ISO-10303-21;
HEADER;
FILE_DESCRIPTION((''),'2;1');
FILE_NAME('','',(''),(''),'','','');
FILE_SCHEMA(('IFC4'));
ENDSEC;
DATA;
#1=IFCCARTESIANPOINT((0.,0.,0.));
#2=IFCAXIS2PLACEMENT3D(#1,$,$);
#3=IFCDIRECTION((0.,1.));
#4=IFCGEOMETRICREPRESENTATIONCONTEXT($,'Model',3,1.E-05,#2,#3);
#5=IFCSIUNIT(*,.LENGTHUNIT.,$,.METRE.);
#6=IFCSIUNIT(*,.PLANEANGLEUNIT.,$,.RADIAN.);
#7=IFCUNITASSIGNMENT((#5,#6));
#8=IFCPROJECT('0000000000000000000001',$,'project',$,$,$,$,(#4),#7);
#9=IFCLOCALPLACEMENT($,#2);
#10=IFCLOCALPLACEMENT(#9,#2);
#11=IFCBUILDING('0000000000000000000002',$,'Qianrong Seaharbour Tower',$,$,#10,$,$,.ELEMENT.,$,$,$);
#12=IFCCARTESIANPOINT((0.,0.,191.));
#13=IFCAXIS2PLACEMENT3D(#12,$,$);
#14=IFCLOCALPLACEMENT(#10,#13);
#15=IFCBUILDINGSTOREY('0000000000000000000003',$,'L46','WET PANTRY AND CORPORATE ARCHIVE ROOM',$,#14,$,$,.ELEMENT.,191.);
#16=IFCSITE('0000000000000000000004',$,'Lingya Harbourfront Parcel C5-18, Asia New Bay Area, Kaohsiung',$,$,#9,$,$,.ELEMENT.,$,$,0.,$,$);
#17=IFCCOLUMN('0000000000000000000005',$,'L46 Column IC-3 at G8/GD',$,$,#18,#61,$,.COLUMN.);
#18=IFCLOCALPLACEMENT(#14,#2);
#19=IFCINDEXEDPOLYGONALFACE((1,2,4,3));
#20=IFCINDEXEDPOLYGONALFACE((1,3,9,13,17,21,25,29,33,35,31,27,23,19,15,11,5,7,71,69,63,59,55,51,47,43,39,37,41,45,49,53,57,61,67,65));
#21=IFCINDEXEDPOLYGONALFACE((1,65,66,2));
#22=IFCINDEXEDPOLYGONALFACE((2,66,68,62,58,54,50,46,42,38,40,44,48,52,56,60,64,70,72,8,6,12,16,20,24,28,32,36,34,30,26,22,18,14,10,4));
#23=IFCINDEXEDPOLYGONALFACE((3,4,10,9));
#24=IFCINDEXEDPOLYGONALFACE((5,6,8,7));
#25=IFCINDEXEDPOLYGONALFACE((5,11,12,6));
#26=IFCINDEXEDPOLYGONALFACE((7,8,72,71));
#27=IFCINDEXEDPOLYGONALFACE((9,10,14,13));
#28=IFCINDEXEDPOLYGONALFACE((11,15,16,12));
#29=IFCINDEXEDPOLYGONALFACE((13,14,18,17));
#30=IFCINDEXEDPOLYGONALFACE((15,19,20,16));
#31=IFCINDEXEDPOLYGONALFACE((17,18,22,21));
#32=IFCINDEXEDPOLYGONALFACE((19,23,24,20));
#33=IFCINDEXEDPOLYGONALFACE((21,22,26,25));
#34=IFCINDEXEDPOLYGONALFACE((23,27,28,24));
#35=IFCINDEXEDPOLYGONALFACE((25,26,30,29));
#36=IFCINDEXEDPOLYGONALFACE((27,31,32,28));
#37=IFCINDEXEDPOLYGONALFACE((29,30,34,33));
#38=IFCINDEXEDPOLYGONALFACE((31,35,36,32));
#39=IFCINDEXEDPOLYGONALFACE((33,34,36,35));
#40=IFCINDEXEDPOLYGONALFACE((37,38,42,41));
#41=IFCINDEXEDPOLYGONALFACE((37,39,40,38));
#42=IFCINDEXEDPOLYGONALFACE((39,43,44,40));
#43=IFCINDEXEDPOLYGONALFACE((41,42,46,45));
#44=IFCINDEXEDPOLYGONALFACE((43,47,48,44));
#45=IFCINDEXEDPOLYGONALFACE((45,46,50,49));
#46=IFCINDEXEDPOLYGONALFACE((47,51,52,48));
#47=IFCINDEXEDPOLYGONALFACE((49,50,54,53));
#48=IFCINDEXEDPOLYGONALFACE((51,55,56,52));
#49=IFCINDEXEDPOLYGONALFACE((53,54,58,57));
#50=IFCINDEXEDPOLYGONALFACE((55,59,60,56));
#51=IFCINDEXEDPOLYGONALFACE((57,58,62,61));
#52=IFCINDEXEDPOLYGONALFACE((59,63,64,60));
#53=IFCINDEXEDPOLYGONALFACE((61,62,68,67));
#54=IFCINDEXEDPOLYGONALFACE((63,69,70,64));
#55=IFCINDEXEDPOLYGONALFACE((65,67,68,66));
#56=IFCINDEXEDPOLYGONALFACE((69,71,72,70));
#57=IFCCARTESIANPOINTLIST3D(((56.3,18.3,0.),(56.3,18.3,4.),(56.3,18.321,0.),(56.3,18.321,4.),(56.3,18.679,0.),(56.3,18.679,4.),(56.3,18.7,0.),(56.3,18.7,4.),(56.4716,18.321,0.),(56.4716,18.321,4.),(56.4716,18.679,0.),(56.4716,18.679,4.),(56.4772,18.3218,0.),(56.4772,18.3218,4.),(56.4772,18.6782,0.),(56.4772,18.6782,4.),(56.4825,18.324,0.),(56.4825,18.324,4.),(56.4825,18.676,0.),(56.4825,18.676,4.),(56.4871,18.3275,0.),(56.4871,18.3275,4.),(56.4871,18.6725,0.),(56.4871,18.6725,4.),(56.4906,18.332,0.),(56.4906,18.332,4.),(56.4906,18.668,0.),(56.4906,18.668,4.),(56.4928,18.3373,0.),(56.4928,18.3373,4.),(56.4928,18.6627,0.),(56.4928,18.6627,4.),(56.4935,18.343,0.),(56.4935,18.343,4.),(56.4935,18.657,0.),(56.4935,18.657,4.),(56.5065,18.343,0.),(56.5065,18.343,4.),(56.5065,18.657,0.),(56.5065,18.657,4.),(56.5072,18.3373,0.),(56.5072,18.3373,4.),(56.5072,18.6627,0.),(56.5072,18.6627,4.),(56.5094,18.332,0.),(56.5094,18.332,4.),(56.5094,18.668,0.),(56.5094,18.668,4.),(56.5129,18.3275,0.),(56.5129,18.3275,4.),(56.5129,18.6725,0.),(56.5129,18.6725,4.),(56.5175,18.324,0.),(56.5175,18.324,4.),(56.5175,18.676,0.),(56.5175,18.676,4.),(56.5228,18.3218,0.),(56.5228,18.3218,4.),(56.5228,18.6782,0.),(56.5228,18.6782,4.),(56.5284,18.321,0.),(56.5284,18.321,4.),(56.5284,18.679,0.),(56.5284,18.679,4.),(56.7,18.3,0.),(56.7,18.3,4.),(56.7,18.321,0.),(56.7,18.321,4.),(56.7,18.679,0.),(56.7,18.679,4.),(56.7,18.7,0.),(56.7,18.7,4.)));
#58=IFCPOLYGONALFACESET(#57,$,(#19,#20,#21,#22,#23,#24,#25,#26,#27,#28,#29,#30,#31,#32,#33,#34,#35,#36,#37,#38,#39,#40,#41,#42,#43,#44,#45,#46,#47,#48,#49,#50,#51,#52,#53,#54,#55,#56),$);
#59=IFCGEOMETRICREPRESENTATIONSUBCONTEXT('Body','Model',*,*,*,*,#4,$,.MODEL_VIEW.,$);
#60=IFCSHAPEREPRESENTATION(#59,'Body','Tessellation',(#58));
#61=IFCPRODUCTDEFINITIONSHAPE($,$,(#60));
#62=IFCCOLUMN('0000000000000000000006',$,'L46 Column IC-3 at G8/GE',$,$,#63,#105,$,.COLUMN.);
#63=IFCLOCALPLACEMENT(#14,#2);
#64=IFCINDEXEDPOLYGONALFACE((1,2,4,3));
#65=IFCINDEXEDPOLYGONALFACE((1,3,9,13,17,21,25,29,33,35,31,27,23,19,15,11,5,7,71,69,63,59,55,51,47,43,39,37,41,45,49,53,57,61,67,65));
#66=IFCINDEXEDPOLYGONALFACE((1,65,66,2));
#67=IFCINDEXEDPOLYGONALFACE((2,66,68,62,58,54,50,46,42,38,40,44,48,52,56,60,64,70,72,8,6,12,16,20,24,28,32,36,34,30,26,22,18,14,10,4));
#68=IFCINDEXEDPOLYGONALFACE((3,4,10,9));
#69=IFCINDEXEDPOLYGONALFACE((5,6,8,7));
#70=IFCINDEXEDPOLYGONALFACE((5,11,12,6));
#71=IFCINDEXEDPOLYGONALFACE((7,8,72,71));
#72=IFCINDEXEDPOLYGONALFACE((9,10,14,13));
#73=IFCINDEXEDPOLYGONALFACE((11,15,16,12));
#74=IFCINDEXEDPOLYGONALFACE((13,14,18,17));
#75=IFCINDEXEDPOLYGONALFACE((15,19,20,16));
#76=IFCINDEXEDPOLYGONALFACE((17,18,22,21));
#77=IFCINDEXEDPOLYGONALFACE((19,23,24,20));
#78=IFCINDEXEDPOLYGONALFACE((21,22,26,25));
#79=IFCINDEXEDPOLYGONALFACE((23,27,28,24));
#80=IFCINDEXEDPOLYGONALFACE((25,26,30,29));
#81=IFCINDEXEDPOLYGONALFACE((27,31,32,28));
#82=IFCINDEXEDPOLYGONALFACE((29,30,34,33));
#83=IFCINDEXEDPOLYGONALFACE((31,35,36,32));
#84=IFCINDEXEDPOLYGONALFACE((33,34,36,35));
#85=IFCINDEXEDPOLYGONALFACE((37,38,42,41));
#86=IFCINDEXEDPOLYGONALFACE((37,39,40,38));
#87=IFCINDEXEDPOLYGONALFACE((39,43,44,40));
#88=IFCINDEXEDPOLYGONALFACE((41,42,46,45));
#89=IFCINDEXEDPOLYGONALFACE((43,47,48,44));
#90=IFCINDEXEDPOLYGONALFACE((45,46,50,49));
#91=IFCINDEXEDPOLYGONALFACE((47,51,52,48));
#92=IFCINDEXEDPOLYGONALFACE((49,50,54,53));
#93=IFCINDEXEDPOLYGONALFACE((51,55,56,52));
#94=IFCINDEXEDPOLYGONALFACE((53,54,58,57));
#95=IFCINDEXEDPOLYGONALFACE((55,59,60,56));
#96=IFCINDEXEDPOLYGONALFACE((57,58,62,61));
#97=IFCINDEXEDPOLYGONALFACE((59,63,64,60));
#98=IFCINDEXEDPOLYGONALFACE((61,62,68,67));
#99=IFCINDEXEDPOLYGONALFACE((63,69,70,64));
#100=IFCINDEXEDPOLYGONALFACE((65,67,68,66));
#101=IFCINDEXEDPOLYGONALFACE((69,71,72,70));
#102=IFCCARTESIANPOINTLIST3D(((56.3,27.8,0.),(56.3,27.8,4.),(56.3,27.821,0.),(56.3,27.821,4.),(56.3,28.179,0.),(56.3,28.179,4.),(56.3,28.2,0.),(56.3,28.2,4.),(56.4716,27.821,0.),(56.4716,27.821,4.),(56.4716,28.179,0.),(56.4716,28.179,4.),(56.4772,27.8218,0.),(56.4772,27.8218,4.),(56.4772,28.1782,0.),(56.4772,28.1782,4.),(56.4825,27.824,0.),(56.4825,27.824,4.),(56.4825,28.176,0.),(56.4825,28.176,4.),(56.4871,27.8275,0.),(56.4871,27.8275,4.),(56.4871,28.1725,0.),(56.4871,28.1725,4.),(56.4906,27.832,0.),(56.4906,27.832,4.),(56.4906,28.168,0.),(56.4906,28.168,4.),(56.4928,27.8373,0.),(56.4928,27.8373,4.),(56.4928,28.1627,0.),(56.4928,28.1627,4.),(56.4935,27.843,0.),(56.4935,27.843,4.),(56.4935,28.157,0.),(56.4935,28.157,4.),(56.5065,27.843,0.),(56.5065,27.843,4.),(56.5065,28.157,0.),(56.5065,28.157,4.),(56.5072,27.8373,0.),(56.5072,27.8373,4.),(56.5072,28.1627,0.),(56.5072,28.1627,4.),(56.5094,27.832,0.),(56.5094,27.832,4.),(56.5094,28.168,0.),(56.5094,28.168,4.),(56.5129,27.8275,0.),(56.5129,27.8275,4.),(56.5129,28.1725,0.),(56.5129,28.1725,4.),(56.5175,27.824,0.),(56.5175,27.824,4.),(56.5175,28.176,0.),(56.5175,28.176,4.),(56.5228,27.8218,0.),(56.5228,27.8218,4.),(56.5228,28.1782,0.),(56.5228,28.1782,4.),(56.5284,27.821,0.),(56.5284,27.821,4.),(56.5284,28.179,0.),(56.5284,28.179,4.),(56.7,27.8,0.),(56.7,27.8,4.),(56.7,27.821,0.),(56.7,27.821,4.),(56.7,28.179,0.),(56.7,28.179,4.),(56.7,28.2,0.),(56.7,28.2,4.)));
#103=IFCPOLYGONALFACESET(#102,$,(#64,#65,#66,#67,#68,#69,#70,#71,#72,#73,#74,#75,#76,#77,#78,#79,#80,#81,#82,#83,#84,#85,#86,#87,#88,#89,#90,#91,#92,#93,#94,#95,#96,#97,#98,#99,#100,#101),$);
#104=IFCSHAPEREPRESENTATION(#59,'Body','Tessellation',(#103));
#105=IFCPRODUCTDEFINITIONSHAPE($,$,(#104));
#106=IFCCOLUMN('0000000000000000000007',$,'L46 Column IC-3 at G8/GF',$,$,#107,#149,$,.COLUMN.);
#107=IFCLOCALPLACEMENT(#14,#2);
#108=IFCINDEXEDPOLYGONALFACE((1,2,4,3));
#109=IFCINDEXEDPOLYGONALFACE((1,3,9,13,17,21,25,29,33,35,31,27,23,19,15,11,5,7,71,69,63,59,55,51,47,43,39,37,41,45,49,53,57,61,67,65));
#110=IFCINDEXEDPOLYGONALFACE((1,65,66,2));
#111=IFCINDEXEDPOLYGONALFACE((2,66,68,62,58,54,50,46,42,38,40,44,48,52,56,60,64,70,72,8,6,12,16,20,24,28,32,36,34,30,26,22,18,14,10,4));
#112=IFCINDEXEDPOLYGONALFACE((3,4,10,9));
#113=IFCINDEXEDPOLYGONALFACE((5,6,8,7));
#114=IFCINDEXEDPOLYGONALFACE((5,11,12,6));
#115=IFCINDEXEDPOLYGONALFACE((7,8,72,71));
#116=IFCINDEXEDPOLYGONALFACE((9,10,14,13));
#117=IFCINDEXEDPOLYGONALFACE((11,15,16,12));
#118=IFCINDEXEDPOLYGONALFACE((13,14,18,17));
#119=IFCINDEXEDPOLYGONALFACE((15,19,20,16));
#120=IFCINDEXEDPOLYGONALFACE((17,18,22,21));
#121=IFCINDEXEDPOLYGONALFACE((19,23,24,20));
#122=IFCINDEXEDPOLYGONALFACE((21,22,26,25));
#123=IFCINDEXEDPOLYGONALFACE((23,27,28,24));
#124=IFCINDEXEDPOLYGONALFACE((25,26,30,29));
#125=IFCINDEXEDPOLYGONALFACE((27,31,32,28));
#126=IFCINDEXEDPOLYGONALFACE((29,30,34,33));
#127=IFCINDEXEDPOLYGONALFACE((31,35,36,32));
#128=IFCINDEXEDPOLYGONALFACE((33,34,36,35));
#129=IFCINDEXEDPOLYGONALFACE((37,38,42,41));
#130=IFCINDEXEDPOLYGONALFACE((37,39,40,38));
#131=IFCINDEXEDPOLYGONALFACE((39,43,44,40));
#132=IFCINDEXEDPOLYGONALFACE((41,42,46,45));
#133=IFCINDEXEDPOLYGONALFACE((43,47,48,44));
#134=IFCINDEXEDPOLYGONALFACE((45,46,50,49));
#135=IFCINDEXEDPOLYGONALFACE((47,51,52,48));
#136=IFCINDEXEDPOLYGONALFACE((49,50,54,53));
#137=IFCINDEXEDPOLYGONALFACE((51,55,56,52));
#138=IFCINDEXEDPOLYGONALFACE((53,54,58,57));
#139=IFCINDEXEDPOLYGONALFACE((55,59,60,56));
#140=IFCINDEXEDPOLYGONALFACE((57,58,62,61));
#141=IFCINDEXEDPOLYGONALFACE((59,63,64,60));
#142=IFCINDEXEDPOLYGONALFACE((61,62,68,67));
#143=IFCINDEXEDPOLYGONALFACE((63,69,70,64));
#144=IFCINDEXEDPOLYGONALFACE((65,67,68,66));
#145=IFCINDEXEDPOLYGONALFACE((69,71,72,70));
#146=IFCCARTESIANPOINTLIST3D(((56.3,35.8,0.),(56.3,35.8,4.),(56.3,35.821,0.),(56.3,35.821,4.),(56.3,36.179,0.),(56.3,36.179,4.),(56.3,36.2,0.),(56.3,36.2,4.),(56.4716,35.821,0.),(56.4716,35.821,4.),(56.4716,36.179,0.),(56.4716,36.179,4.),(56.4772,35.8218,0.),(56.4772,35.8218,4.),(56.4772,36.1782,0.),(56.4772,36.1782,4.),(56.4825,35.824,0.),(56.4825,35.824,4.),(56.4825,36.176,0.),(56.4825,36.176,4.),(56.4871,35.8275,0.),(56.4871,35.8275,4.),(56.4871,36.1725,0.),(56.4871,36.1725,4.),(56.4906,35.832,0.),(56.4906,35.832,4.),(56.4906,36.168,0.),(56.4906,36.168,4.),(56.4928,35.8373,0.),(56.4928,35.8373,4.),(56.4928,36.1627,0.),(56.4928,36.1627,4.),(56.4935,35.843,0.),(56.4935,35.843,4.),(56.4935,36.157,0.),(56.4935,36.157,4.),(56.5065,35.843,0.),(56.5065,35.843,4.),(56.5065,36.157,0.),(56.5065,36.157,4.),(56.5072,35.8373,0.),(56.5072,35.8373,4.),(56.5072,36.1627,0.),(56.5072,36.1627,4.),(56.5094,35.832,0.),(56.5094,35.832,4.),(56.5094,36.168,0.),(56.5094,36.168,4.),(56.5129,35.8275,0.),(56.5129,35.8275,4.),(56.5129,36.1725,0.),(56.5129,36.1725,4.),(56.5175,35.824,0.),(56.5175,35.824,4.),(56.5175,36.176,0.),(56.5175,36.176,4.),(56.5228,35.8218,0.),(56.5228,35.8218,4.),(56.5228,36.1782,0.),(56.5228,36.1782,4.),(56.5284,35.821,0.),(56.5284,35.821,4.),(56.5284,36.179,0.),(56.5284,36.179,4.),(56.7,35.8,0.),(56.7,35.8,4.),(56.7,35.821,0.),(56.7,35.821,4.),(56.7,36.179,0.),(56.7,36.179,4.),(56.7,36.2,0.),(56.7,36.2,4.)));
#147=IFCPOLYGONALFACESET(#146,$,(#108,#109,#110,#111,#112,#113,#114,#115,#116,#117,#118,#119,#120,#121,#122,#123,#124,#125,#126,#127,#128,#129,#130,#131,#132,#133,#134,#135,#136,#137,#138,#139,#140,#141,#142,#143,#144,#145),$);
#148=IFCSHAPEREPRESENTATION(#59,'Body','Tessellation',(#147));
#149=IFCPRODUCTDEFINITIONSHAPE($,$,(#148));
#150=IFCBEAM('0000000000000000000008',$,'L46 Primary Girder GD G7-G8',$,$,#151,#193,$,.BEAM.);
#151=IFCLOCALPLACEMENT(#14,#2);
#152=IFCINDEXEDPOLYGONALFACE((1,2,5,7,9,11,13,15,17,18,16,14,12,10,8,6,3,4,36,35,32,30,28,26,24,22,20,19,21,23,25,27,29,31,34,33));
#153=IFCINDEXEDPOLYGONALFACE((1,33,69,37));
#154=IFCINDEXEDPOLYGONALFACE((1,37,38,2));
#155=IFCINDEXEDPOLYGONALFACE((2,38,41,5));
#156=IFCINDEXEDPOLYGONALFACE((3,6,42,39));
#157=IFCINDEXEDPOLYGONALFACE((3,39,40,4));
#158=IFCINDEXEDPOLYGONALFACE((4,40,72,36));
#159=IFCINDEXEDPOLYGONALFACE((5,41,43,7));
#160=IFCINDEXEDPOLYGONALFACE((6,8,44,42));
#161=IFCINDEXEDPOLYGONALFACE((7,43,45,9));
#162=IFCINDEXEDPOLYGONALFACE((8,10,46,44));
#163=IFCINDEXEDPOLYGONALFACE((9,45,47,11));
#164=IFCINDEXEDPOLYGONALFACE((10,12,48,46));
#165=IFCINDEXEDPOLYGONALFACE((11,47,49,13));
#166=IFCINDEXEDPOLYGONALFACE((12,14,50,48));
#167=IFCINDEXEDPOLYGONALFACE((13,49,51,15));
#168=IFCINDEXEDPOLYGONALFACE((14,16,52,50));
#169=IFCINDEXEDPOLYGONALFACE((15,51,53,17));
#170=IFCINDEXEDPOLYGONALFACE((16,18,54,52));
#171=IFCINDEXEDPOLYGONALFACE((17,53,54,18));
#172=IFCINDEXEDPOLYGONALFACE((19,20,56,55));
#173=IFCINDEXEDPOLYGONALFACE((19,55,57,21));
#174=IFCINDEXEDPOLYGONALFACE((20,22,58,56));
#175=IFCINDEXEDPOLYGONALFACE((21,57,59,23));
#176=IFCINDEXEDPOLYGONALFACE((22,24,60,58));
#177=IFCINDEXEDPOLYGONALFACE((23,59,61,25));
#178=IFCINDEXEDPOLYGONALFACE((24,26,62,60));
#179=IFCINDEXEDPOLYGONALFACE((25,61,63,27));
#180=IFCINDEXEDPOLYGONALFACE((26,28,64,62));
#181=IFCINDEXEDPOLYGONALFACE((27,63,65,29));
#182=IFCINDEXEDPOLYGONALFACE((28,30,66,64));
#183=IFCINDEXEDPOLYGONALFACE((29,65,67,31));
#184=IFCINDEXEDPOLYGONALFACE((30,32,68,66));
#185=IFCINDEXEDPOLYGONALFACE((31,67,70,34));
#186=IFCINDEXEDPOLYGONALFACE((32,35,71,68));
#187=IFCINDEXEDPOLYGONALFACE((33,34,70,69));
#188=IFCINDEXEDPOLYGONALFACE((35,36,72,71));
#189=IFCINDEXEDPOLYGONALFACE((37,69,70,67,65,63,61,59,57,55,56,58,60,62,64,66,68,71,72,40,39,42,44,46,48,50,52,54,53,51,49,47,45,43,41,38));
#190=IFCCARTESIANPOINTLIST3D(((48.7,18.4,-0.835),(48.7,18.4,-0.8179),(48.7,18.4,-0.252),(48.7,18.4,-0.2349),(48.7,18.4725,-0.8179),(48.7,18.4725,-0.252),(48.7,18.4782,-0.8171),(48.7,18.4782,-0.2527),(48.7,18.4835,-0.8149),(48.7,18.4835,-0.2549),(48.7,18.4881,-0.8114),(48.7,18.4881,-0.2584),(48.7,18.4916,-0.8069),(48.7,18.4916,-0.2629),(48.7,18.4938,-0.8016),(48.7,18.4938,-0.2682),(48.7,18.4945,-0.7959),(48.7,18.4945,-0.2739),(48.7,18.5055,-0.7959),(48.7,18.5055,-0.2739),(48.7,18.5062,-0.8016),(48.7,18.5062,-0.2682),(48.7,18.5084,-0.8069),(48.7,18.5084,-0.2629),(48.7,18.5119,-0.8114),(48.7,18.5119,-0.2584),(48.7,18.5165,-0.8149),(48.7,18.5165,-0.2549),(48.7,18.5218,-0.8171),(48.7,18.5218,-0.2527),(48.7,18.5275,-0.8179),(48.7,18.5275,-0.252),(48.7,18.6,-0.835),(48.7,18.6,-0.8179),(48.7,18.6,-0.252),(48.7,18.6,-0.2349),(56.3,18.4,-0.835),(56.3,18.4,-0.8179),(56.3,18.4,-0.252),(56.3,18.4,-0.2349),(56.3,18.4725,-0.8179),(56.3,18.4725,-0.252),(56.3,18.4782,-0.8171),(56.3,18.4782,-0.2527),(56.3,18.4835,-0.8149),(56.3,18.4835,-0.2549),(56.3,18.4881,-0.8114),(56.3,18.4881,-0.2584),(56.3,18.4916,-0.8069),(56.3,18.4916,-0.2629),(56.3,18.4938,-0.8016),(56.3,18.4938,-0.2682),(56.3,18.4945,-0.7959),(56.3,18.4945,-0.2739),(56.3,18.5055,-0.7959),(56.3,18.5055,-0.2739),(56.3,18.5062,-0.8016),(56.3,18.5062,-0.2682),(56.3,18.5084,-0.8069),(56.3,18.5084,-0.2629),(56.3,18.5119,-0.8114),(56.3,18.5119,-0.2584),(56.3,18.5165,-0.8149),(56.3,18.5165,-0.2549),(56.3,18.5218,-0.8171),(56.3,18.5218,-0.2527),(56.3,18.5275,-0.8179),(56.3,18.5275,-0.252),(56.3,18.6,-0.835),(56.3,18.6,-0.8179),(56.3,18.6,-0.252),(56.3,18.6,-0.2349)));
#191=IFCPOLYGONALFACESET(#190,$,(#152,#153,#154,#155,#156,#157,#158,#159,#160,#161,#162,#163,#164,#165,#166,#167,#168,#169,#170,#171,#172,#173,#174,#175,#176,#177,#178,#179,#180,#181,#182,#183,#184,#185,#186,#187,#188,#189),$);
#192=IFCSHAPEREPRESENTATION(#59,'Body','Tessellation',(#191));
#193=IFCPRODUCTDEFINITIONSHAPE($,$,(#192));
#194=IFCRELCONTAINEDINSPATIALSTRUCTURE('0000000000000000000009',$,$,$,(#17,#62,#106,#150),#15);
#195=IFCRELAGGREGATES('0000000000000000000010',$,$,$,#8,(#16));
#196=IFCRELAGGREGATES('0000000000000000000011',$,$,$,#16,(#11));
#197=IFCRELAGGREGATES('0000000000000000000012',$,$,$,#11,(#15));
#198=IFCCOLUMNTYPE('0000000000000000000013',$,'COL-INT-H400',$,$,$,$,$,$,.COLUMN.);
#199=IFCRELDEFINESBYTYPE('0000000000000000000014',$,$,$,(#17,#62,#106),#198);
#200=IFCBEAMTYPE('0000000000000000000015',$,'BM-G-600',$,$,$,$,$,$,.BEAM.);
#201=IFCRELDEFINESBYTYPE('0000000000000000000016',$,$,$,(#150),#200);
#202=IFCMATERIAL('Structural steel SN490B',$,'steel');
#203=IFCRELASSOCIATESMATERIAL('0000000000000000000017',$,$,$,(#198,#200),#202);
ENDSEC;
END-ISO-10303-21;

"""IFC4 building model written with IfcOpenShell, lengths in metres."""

from ifc_helpers import new_model, si_unit, direction, frame, origin, origin_2d, place, context, subcontext, project, spatial, i_section, extrude, material, material_profile, profile_set, type_object, element, save


model = new_model("IFC4")

# Units and contexts
model_context = context("Model", 3, precision=1e-05, world=origin(), true_north=direction((0.0, 1.0)))
body_context = subcontext(model_context, "Body", "Model", "MODEL_VIEW")
ifc_project = project(units=[si_unit("LENGTHUNIT", "METRE"), si_unit("PLANEANGLEUNIT", "RADIAN")], contexts=[model_context])

# Site, building, storey
site_placement = place(None, origin())
site = spatial("IfcSite", under=ifc_project, at=site_placement, Name="Lingya Harbourfront Parcel C5-18, Asia New Bay Area, Kaohsiung", CompositionType="ELEMENT", RefElevation=0.0)
building_placement = place(site_placement, origin())
building = spatial("IfcBuilding", under=site, at=building_placement, Name="Qianrong Seaharbour Tower", CompositionType="ELEMENT")
storey_placement = place(building_placement, frame((0.0, 0.0, 191.0)))
storey = spatial("IfcBuildingStorey", under=building, at=storey_placement, Name="L46", Description="WET PANTRY AND CORPORATE ARCHIVE ROOM", CompositionType="ELEMENT", Elevation=191.0)

# Columns
ifc_material_1 = material(Name="Structural steel SN490B", Category="steel")
ifc_material_profile_1 = material_profile(ifc_material_1, i_section(OverallWidth=0.3999, OverallDepth=0.3999, WebThickness=0.0129, FlangeThickness=0.021, FilletRadius=0.022, at=origin_2d()), Name="H400x400x13x21")
ifc_profile_set_1 = profile_set([ifc_material_profile_1], Name="Structural steel SN490B")
column_type_1 = type_object("IfcColumnType", Name="COL-INT-H400", PredefinedType="COLUMN", material=ifc_profile_set_1)
for number, where, z_axis, x_axis, name in (
    (1, (56.5, 18.5, 0.0), (0.0, 0.0, 1.0), (1.0, 0.0, 0.0), "L46 Column IC-3 at G8/GD"),
    (2, (56.5, 28.0, 0.0), (0.0, 0.0, 1.0), (1.0, 0.0, 0.0), "L46 Column IC-3 at G8/GE"),
    (3, (56.5, 36.0, 0.0), (0.0, 0.0, 1.0), (1.0, 0.0, 0.0), "L46 Column IC-3 at G8/GF"),
):
    element("IfcColumn", number, at=place(storey_placement, frame(where, z_axis=z_axis, x_axis=x_axis)), inside=storey, type_object=column_type_1, Name=name, PredefinedType="COLUMN", context=body_context, shape_type="SweptSolid", body=[
        extrude(i_section(OverallWidth=0.3999, OverallDepth=0.3999, WebThickness=0.0129, FlangeThickness=0.021, FilletRadius=0.022, at=origin_2d()), origin(), (0.0, 0.0, 1.0), 4.0),
    ])

# Beam
ifc_material_profile_2 = material_profile(ifc_material_1, i_section(OverallWidth=0.2, OverallDepth=0.6001, WebThickness=0.011, FlangeThickness=0.0171, FilletRadius=0.022, at=origin_2d()), Name="H600x200x11x17")
ifc_profile_set_2 = profile_set([ifc_material_profile_2], Name="Structural steel SN490B")
beam_type_1 = type_object("IfcBeamType", Name="BM-G-600", PredefinedType="BEAM", material=ifc_profile_set_2)
beam_1_placement = place(storey_placement, frame((48.7, 18.5, -0.5349), z_axis=(1.0, 0.0, 0.0), x_axis=(0.0, 1.0, 0.0)))
element("IfcBeam", 4, at=beam_1_placement, inside=storey, type_object=beam_type_1, Name="L46 Primary Girder GD G7-G8", PredefinedType="BEAM", context=body_context, shape_type="SweptSolid", body=[
    extrude(i_section(OverallWidth=0.2, OverallDepth=0.6001, WebThickness=0.011, FlangeThickness=0.0171, FilletRadius=0.022, at=origin_2d()), origin(), (0.0, 0.0, 1.0), 7.6001),
])

save(model, "model.ifc")
